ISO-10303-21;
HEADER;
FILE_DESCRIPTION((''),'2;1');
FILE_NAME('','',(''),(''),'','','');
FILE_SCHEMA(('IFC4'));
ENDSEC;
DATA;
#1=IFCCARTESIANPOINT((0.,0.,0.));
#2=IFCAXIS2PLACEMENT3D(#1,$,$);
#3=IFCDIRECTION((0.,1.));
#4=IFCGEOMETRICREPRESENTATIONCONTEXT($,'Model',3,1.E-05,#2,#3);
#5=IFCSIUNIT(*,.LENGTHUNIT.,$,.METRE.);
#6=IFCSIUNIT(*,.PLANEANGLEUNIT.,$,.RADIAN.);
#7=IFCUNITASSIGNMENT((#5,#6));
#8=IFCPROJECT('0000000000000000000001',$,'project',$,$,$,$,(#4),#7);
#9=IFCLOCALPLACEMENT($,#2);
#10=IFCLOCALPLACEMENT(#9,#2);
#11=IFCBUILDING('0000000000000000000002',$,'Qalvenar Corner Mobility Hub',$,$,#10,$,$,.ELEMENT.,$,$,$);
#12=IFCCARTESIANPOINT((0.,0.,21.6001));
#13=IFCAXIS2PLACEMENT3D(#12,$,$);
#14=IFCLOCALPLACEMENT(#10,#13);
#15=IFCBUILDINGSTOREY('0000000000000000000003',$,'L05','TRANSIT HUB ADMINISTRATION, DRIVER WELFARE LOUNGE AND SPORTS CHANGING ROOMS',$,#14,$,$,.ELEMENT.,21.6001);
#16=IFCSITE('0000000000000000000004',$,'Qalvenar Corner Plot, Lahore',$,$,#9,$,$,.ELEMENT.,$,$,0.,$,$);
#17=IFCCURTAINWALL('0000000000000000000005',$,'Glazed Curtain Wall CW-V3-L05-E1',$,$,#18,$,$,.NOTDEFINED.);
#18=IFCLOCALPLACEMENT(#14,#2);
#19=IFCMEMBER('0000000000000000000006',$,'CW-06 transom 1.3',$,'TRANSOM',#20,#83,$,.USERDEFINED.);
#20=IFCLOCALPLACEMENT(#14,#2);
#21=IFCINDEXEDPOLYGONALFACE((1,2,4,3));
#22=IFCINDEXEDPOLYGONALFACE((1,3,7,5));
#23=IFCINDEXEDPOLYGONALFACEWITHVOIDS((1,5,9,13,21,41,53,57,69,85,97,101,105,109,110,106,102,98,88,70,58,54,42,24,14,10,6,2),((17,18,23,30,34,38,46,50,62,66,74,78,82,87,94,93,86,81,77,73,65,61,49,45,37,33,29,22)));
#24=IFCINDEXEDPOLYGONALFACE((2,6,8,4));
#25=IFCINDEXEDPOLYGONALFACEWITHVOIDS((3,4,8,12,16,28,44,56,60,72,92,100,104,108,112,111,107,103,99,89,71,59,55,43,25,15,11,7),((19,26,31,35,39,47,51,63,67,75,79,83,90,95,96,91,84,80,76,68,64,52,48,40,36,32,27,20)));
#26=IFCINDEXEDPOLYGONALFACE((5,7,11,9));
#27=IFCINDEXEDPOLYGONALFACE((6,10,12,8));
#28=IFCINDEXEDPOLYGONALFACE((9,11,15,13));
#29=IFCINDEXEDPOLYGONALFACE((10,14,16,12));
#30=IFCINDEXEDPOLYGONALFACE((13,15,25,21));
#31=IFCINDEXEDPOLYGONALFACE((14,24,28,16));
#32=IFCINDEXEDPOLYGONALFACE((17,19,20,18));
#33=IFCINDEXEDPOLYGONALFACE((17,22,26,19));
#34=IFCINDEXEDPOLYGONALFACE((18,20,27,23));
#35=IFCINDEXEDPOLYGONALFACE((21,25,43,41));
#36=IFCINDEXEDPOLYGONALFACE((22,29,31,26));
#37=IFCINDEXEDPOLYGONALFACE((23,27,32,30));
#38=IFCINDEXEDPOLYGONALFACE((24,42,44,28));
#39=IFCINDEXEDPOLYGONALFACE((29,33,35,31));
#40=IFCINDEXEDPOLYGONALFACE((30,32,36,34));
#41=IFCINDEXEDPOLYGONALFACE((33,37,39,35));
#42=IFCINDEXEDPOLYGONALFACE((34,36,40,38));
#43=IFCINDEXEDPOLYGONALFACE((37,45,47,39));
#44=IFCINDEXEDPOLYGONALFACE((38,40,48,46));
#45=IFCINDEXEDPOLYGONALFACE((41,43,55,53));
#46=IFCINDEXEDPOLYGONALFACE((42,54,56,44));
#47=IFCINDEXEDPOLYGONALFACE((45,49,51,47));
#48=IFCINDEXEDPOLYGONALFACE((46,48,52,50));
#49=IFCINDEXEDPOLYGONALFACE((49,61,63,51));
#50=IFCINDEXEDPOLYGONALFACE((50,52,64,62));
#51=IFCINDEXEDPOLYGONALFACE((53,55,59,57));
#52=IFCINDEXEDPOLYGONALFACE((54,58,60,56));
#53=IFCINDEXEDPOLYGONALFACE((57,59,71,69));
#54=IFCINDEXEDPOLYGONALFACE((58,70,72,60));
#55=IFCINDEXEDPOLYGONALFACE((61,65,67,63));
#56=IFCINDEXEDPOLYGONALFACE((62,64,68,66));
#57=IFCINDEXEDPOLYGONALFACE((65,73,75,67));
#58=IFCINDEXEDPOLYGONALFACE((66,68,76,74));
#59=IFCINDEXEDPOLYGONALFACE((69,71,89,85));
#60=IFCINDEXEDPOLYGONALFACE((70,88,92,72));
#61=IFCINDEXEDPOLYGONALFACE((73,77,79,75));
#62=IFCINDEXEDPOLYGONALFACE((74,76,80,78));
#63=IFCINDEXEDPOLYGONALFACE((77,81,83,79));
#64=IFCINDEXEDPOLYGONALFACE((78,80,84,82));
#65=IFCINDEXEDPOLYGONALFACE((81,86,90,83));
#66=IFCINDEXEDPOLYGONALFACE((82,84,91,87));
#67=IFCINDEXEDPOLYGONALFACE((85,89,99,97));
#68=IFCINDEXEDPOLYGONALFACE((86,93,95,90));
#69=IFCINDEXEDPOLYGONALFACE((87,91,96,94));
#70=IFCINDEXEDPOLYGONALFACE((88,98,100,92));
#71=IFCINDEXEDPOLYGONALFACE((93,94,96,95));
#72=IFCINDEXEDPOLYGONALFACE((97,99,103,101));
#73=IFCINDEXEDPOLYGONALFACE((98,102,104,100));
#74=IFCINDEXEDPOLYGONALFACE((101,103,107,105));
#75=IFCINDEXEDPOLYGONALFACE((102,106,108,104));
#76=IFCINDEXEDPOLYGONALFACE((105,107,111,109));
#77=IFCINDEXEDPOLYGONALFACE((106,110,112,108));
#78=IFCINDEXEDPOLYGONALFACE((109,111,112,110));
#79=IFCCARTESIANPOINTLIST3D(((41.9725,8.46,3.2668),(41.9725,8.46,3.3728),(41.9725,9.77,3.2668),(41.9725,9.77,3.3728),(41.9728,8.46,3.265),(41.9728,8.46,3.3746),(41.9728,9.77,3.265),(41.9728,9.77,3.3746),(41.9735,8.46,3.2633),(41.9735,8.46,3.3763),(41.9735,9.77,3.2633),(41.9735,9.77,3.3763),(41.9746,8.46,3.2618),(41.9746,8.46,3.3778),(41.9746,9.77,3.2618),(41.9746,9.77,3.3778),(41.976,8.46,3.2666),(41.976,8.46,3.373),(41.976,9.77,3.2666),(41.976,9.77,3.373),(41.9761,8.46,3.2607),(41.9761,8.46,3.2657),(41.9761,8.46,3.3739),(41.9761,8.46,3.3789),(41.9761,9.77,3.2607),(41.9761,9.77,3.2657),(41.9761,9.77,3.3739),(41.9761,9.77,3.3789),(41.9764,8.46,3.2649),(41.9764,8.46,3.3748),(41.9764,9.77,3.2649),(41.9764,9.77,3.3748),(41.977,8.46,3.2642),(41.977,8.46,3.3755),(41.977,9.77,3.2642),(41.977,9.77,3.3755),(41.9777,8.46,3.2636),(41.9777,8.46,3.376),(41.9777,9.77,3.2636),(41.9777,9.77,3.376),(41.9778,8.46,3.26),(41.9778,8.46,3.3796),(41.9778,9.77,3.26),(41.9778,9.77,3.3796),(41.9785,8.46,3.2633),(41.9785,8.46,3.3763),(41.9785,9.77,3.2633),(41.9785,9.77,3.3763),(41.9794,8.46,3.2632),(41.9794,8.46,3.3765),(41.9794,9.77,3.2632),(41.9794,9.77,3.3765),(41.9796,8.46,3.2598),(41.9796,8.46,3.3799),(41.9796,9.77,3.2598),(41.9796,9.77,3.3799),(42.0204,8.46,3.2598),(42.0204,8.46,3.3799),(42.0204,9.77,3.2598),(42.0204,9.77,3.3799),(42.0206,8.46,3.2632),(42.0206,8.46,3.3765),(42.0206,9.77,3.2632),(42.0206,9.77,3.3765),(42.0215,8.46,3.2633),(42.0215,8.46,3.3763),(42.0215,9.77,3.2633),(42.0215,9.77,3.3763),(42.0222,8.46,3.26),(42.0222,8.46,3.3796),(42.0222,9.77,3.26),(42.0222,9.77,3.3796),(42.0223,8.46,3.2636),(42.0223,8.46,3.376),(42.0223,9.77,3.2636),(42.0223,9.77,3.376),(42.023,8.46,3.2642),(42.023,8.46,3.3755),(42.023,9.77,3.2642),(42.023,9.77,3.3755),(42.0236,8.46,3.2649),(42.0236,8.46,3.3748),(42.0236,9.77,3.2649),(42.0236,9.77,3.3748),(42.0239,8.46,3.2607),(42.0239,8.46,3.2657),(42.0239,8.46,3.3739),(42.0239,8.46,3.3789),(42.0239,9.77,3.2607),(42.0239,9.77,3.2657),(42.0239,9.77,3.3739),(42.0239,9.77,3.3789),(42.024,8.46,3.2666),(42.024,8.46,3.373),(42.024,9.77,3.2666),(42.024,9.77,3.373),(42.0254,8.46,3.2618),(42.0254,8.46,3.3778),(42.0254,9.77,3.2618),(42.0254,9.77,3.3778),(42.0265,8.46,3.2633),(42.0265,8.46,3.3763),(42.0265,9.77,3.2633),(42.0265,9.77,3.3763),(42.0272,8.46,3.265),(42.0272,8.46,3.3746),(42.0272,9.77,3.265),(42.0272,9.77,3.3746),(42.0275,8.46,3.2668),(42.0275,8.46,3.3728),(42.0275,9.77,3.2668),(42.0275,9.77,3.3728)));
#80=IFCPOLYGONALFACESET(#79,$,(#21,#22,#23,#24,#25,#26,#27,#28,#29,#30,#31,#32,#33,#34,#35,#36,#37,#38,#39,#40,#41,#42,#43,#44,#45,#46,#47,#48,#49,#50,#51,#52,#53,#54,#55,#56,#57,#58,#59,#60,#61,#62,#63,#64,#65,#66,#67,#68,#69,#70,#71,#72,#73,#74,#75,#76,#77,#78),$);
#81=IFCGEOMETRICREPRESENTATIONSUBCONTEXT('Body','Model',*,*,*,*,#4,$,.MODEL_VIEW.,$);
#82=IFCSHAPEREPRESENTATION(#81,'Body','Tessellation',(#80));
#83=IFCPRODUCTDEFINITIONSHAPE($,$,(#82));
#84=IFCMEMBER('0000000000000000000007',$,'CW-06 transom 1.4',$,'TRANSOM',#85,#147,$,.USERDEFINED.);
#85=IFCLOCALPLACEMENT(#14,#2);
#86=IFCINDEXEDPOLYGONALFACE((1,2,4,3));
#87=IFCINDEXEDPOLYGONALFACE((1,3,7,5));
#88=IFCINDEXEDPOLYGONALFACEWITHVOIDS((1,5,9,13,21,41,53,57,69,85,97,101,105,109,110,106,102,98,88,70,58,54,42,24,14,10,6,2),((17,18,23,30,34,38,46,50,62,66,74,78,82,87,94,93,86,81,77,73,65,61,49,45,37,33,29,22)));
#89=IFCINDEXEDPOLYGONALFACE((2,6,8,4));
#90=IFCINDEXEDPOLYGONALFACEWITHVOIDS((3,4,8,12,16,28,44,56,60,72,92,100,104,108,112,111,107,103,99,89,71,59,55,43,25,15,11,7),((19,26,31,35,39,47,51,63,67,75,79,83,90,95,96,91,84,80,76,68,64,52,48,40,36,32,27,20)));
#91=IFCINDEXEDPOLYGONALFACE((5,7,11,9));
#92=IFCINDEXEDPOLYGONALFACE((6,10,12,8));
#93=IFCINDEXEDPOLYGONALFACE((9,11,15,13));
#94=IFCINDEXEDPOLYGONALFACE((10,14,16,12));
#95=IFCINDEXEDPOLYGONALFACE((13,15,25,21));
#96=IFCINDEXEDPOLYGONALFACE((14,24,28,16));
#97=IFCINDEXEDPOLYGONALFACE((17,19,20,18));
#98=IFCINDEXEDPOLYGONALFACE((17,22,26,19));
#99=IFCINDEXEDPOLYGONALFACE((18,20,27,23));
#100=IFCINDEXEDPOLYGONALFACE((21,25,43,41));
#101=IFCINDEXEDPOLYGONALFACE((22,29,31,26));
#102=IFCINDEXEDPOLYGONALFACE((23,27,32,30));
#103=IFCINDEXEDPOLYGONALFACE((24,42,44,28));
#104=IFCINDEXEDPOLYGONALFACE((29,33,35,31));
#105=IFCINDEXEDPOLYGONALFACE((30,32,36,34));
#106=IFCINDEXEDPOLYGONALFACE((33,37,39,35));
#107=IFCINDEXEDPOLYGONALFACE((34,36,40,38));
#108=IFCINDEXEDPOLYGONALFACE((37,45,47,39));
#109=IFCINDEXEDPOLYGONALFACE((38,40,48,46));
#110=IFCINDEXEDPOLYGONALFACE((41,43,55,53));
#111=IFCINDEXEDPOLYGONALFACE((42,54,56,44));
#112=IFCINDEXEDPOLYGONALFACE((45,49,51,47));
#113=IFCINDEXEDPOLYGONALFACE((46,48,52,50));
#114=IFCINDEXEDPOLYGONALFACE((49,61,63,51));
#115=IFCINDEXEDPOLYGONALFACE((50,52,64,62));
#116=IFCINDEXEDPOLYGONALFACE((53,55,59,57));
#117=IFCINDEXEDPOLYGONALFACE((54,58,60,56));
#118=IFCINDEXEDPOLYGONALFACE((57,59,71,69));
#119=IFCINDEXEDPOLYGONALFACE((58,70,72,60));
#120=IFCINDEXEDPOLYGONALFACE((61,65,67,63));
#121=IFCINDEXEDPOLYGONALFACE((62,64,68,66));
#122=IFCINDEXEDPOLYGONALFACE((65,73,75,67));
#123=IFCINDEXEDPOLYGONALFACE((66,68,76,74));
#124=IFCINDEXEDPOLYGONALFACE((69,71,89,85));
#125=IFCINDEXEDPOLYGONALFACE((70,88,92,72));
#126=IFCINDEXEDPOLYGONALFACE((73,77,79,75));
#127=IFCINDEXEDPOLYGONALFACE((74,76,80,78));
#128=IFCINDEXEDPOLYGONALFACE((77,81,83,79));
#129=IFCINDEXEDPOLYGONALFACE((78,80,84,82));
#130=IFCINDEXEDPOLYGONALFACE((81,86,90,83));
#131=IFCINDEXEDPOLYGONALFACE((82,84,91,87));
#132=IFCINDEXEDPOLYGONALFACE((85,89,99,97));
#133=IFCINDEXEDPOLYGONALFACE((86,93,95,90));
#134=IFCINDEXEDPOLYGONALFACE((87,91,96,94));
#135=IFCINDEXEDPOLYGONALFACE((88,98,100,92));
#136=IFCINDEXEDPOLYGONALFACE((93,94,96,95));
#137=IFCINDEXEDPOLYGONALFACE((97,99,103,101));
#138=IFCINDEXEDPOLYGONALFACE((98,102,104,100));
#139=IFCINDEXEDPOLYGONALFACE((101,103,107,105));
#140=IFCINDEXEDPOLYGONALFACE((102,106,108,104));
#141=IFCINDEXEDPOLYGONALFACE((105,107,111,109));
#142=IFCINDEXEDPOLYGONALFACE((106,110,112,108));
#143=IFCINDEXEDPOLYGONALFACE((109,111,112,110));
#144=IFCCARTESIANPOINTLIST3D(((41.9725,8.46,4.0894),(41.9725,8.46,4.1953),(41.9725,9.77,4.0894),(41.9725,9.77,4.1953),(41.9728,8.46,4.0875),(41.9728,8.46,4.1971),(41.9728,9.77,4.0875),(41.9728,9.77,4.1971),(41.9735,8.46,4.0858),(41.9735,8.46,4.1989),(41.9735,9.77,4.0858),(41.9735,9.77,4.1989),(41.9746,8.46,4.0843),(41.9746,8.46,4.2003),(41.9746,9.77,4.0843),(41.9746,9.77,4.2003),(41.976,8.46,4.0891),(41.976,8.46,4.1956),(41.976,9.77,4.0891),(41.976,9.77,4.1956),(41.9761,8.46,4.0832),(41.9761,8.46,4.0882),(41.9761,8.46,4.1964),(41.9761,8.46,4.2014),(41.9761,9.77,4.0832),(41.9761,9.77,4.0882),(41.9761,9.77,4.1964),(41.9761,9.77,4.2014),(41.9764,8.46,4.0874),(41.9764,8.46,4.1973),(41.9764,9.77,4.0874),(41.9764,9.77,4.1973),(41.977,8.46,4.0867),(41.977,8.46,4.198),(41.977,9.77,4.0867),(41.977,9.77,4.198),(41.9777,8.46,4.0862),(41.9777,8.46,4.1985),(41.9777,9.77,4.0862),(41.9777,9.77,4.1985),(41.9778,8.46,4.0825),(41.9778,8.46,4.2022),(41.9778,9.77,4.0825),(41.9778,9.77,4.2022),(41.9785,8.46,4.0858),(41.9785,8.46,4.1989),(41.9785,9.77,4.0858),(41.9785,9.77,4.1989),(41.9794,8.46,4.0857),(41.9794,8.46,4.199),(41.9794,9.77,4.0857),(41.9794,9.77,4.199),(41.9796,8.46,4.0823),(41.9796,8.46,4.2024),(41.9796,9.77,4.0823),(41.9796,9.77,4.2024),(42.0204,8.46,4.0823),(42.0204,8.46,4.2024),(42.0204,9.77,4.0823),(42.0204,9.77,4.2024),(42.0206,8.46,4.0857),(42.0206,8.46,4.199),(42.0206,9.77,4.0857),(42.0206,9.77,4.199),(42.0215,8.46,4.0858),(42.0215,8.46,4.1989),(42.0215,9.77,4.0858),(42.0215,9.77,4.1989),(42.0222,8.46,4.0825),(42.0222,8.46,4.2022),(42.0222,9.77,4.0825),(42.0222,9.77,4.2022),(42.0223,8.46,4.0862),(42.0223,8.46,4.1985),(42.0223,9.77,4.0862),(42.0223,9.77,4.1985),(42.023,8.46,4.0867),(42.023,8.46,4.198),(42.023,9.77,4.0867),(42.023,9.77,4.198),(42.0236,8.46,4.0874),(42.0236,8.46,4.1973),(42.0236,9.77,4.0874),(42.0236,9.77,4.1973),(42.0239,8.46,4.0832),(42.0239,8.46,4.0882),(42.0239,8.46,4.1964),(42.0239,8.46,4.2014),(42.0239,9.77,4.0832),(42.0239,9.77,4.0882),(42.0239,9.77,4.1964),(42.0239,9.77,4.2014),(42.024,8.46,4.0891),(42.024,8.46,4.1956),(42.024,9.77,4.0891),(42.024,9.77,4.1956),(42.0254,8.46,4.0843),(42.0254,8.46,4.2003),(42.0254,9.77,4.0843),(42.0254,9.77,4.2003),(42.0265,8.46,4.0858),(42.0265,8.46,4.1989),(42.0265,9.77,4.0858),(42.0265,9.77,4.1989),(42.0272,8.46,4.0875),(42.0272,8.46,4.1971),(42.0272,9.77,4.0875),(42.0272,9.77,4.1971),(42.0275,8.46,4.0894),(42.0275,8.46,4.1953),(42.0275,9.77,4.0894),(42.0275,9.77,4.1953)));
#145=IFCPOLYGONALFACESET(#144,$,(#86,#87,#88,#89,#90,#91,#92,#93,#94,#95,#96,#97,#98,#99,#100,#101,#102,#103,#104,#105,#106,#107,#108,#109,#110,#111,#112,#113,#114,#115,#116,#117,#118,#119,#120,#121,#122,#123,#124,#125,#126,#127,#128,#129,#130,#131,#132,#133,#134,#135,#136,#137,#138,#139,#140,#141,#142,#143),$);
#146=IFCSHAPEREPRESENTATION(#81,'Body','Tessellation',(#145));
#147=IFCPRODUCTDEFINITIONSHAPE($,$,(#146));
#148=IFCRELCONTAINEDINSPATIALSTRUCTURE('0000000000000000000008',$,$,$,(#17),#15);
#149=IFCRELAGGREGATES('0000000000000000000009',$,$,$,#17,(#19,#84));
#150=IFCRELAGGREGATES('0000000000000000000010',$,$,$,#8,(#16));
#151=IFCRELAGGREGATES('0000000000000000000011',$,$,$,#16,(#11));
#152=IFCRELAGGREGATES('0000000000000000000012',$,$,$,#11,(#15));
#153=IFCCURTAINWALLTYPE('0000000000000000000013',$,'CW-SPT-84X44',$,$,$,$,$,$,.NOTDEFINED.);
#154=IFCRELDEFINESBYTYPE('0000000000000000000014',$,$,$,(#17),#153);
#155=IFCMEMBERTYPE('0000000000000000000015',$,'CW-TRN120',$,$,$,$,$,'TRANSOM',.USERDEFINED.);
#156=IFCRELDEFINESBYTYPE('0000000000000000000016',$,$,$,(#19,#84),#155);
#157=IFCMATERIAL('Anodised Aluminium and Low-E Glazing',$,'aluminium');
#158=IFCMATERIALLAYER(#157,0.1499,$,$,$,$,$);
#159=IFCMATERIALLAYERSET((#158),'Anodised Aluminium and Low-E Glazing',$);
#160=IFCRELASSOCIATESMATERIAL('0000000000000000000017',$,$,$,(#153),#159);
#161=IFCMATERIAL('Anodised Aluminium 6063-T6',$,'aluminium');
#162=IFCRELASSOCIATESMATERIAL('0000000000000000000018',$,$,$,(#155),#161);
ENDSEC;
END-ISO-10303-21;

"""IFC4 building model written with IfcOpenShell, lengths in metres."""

from ifc_helpers import new_model, si_unit, direction, frame, origin, origin_2d, place, context, subcontext, project, spatial, hollow_rectangle, extrude, material, layer, layer_set, material_profile, profile_set, type_object, element, aggregate, save


model = new_model("IFC4")

# Units and contexts
model_context = context("Model", 3, precision=1e-05, world=origin(), true_north=direction((0.0, 1.0)))
body_context = subcontext(model_context, "Body", "Model", "MODEL_VIEW")
ifc_project = project(units=[si_unit("LENGTHUNIT", "METRE"), si_unit("PLANEANGLEUNIT", "RADIAN")], contexts=[model_context])

# Site, building, storey
site_placement = place(None, origin())
site = spatial("IfcSite", under=ifc_project, at=site_placement, Name="Qalvenar Corner Plot, Lahore", CompositionType="ELEMENT", RefElevation=0.0)
building_placement = place(site_placement, origin())
building = spatial("IfcBuilding", under=site, at=building_placement, Name="Qalvenar Corner Mobility Hub", CompositionType="ELEMENT")
storey_placement = place(building_placement, frame((0.0, 0.0, 21.6001)))
storey = spatial("IfcBuildingStorey", under=building, at=storey_placement, Name="L05", Description="TRANSIT HUB ADMINISTRATION, DRIVER WELFARE LOUNGE AND SPORTS CHANGING ROOMS", CompositionType="ELEMENT", Elevation=21.6001)

# Curtain wall, members
ifc_material_1 = material(Name="Anodised Aluminium and Low-E Glazing", Category="aluminium")
ifc_layer_1 = layer(ifc_material_1, 0.1499)
ifc_layer_set_1 = layer_set([ifc_layer_1], Name="Anodised Aluminium and Low-E Glazing")
curtain_wall_type = type_object("IfcCurtainWallType", Name="CW-SPT-84X44", PredefinedType="NOTDEFINED", material=ifc_layer_set_1)
curtain_wall_placement = place(storey_placement, origin())
curtain_wall = element("IfcCurtainWall", 1, at=curtain_wall_placement, inside=storey, type_object=curtain_wall_type, Name="Glazed Curtain Wall CW-V3-L05-E1", PredefinedType="NOTDEFINED")
ifc_material_2 = material(Name="Anodised Aluminium 6063-T6", Category="aluminium")
ifc_material_profile_1 = material_profile(ifc_material_2, hollow_rectangle(XDim=0.0549, YDim=0.1201, WallThickness=0.0034, InnerFilletRadius=0.0034, OuterFilletRadius=0.0071, at=origin_2d()), Name="RHS120x55x3.5")
ifc_profile_set_1 = profile_set([ifc_material_profile_1], Name="Anodised Aluminium 6063-T6")
member_type_1 = type_object("IfcMemberType", Name="CW-TRN120", ElementType="TRANSOM", PredefinedType="USERDEFINED", material=ifc_profile_set_1)
member_1_placement = place(storey_placement, frame((42.0, 8.46, 3.3198), z_axis=(0.0, 1.0, 0.0), x_axis=(-1.0, 0.0, 0.0)))
member_1 = element("IfcMember", 2, at=member_1_placement, type_object=member_type_1, Name="CW-06 transom 1.3", ObjectType="TRANSOM", PredefinedType="USERDEFINED", context=body_context, shape_type="SweptSolid", body=[
    extrude(hollow_rectangle(XDim=0.0549, YDim=0.1201, WallThickness=0.0034, InnerFilletRadius=0.0034, OuterFilletRadius=0.0071, at=origin_2d()), origin(), (0.0, 0.0, 1.0), 1.3101),
])
member_2_placement = place(storey_placement, frame((42.0, 8.46, 4.1423), z_axis=(0.0, 1.0, 0.0), x_axis=(-1.0, 0.0, 0.0)))
member_2 = element("IfcMember", 3, at=member_2_placement, type_object=member_type_1, Name="CW-06 transom 1.4", ObjectType="TRANSOM", PredefinedType="USERDEFINED", context=body_context, shape_type="SweptSolid", body=[
    extrude(hollow_rectangle(XDim=0.0549, YDim=0.1201, WallThickness=0.0034, InnerFilletRadius=0.0034, OuterFilletRadius=0.0071, at=origin_2d()), origin(), (0.0, 0.0, 1.0), 1.3101),
])
aggregate(curtain_wall, [member_1, member_2])

save(model, "model.ifc")
